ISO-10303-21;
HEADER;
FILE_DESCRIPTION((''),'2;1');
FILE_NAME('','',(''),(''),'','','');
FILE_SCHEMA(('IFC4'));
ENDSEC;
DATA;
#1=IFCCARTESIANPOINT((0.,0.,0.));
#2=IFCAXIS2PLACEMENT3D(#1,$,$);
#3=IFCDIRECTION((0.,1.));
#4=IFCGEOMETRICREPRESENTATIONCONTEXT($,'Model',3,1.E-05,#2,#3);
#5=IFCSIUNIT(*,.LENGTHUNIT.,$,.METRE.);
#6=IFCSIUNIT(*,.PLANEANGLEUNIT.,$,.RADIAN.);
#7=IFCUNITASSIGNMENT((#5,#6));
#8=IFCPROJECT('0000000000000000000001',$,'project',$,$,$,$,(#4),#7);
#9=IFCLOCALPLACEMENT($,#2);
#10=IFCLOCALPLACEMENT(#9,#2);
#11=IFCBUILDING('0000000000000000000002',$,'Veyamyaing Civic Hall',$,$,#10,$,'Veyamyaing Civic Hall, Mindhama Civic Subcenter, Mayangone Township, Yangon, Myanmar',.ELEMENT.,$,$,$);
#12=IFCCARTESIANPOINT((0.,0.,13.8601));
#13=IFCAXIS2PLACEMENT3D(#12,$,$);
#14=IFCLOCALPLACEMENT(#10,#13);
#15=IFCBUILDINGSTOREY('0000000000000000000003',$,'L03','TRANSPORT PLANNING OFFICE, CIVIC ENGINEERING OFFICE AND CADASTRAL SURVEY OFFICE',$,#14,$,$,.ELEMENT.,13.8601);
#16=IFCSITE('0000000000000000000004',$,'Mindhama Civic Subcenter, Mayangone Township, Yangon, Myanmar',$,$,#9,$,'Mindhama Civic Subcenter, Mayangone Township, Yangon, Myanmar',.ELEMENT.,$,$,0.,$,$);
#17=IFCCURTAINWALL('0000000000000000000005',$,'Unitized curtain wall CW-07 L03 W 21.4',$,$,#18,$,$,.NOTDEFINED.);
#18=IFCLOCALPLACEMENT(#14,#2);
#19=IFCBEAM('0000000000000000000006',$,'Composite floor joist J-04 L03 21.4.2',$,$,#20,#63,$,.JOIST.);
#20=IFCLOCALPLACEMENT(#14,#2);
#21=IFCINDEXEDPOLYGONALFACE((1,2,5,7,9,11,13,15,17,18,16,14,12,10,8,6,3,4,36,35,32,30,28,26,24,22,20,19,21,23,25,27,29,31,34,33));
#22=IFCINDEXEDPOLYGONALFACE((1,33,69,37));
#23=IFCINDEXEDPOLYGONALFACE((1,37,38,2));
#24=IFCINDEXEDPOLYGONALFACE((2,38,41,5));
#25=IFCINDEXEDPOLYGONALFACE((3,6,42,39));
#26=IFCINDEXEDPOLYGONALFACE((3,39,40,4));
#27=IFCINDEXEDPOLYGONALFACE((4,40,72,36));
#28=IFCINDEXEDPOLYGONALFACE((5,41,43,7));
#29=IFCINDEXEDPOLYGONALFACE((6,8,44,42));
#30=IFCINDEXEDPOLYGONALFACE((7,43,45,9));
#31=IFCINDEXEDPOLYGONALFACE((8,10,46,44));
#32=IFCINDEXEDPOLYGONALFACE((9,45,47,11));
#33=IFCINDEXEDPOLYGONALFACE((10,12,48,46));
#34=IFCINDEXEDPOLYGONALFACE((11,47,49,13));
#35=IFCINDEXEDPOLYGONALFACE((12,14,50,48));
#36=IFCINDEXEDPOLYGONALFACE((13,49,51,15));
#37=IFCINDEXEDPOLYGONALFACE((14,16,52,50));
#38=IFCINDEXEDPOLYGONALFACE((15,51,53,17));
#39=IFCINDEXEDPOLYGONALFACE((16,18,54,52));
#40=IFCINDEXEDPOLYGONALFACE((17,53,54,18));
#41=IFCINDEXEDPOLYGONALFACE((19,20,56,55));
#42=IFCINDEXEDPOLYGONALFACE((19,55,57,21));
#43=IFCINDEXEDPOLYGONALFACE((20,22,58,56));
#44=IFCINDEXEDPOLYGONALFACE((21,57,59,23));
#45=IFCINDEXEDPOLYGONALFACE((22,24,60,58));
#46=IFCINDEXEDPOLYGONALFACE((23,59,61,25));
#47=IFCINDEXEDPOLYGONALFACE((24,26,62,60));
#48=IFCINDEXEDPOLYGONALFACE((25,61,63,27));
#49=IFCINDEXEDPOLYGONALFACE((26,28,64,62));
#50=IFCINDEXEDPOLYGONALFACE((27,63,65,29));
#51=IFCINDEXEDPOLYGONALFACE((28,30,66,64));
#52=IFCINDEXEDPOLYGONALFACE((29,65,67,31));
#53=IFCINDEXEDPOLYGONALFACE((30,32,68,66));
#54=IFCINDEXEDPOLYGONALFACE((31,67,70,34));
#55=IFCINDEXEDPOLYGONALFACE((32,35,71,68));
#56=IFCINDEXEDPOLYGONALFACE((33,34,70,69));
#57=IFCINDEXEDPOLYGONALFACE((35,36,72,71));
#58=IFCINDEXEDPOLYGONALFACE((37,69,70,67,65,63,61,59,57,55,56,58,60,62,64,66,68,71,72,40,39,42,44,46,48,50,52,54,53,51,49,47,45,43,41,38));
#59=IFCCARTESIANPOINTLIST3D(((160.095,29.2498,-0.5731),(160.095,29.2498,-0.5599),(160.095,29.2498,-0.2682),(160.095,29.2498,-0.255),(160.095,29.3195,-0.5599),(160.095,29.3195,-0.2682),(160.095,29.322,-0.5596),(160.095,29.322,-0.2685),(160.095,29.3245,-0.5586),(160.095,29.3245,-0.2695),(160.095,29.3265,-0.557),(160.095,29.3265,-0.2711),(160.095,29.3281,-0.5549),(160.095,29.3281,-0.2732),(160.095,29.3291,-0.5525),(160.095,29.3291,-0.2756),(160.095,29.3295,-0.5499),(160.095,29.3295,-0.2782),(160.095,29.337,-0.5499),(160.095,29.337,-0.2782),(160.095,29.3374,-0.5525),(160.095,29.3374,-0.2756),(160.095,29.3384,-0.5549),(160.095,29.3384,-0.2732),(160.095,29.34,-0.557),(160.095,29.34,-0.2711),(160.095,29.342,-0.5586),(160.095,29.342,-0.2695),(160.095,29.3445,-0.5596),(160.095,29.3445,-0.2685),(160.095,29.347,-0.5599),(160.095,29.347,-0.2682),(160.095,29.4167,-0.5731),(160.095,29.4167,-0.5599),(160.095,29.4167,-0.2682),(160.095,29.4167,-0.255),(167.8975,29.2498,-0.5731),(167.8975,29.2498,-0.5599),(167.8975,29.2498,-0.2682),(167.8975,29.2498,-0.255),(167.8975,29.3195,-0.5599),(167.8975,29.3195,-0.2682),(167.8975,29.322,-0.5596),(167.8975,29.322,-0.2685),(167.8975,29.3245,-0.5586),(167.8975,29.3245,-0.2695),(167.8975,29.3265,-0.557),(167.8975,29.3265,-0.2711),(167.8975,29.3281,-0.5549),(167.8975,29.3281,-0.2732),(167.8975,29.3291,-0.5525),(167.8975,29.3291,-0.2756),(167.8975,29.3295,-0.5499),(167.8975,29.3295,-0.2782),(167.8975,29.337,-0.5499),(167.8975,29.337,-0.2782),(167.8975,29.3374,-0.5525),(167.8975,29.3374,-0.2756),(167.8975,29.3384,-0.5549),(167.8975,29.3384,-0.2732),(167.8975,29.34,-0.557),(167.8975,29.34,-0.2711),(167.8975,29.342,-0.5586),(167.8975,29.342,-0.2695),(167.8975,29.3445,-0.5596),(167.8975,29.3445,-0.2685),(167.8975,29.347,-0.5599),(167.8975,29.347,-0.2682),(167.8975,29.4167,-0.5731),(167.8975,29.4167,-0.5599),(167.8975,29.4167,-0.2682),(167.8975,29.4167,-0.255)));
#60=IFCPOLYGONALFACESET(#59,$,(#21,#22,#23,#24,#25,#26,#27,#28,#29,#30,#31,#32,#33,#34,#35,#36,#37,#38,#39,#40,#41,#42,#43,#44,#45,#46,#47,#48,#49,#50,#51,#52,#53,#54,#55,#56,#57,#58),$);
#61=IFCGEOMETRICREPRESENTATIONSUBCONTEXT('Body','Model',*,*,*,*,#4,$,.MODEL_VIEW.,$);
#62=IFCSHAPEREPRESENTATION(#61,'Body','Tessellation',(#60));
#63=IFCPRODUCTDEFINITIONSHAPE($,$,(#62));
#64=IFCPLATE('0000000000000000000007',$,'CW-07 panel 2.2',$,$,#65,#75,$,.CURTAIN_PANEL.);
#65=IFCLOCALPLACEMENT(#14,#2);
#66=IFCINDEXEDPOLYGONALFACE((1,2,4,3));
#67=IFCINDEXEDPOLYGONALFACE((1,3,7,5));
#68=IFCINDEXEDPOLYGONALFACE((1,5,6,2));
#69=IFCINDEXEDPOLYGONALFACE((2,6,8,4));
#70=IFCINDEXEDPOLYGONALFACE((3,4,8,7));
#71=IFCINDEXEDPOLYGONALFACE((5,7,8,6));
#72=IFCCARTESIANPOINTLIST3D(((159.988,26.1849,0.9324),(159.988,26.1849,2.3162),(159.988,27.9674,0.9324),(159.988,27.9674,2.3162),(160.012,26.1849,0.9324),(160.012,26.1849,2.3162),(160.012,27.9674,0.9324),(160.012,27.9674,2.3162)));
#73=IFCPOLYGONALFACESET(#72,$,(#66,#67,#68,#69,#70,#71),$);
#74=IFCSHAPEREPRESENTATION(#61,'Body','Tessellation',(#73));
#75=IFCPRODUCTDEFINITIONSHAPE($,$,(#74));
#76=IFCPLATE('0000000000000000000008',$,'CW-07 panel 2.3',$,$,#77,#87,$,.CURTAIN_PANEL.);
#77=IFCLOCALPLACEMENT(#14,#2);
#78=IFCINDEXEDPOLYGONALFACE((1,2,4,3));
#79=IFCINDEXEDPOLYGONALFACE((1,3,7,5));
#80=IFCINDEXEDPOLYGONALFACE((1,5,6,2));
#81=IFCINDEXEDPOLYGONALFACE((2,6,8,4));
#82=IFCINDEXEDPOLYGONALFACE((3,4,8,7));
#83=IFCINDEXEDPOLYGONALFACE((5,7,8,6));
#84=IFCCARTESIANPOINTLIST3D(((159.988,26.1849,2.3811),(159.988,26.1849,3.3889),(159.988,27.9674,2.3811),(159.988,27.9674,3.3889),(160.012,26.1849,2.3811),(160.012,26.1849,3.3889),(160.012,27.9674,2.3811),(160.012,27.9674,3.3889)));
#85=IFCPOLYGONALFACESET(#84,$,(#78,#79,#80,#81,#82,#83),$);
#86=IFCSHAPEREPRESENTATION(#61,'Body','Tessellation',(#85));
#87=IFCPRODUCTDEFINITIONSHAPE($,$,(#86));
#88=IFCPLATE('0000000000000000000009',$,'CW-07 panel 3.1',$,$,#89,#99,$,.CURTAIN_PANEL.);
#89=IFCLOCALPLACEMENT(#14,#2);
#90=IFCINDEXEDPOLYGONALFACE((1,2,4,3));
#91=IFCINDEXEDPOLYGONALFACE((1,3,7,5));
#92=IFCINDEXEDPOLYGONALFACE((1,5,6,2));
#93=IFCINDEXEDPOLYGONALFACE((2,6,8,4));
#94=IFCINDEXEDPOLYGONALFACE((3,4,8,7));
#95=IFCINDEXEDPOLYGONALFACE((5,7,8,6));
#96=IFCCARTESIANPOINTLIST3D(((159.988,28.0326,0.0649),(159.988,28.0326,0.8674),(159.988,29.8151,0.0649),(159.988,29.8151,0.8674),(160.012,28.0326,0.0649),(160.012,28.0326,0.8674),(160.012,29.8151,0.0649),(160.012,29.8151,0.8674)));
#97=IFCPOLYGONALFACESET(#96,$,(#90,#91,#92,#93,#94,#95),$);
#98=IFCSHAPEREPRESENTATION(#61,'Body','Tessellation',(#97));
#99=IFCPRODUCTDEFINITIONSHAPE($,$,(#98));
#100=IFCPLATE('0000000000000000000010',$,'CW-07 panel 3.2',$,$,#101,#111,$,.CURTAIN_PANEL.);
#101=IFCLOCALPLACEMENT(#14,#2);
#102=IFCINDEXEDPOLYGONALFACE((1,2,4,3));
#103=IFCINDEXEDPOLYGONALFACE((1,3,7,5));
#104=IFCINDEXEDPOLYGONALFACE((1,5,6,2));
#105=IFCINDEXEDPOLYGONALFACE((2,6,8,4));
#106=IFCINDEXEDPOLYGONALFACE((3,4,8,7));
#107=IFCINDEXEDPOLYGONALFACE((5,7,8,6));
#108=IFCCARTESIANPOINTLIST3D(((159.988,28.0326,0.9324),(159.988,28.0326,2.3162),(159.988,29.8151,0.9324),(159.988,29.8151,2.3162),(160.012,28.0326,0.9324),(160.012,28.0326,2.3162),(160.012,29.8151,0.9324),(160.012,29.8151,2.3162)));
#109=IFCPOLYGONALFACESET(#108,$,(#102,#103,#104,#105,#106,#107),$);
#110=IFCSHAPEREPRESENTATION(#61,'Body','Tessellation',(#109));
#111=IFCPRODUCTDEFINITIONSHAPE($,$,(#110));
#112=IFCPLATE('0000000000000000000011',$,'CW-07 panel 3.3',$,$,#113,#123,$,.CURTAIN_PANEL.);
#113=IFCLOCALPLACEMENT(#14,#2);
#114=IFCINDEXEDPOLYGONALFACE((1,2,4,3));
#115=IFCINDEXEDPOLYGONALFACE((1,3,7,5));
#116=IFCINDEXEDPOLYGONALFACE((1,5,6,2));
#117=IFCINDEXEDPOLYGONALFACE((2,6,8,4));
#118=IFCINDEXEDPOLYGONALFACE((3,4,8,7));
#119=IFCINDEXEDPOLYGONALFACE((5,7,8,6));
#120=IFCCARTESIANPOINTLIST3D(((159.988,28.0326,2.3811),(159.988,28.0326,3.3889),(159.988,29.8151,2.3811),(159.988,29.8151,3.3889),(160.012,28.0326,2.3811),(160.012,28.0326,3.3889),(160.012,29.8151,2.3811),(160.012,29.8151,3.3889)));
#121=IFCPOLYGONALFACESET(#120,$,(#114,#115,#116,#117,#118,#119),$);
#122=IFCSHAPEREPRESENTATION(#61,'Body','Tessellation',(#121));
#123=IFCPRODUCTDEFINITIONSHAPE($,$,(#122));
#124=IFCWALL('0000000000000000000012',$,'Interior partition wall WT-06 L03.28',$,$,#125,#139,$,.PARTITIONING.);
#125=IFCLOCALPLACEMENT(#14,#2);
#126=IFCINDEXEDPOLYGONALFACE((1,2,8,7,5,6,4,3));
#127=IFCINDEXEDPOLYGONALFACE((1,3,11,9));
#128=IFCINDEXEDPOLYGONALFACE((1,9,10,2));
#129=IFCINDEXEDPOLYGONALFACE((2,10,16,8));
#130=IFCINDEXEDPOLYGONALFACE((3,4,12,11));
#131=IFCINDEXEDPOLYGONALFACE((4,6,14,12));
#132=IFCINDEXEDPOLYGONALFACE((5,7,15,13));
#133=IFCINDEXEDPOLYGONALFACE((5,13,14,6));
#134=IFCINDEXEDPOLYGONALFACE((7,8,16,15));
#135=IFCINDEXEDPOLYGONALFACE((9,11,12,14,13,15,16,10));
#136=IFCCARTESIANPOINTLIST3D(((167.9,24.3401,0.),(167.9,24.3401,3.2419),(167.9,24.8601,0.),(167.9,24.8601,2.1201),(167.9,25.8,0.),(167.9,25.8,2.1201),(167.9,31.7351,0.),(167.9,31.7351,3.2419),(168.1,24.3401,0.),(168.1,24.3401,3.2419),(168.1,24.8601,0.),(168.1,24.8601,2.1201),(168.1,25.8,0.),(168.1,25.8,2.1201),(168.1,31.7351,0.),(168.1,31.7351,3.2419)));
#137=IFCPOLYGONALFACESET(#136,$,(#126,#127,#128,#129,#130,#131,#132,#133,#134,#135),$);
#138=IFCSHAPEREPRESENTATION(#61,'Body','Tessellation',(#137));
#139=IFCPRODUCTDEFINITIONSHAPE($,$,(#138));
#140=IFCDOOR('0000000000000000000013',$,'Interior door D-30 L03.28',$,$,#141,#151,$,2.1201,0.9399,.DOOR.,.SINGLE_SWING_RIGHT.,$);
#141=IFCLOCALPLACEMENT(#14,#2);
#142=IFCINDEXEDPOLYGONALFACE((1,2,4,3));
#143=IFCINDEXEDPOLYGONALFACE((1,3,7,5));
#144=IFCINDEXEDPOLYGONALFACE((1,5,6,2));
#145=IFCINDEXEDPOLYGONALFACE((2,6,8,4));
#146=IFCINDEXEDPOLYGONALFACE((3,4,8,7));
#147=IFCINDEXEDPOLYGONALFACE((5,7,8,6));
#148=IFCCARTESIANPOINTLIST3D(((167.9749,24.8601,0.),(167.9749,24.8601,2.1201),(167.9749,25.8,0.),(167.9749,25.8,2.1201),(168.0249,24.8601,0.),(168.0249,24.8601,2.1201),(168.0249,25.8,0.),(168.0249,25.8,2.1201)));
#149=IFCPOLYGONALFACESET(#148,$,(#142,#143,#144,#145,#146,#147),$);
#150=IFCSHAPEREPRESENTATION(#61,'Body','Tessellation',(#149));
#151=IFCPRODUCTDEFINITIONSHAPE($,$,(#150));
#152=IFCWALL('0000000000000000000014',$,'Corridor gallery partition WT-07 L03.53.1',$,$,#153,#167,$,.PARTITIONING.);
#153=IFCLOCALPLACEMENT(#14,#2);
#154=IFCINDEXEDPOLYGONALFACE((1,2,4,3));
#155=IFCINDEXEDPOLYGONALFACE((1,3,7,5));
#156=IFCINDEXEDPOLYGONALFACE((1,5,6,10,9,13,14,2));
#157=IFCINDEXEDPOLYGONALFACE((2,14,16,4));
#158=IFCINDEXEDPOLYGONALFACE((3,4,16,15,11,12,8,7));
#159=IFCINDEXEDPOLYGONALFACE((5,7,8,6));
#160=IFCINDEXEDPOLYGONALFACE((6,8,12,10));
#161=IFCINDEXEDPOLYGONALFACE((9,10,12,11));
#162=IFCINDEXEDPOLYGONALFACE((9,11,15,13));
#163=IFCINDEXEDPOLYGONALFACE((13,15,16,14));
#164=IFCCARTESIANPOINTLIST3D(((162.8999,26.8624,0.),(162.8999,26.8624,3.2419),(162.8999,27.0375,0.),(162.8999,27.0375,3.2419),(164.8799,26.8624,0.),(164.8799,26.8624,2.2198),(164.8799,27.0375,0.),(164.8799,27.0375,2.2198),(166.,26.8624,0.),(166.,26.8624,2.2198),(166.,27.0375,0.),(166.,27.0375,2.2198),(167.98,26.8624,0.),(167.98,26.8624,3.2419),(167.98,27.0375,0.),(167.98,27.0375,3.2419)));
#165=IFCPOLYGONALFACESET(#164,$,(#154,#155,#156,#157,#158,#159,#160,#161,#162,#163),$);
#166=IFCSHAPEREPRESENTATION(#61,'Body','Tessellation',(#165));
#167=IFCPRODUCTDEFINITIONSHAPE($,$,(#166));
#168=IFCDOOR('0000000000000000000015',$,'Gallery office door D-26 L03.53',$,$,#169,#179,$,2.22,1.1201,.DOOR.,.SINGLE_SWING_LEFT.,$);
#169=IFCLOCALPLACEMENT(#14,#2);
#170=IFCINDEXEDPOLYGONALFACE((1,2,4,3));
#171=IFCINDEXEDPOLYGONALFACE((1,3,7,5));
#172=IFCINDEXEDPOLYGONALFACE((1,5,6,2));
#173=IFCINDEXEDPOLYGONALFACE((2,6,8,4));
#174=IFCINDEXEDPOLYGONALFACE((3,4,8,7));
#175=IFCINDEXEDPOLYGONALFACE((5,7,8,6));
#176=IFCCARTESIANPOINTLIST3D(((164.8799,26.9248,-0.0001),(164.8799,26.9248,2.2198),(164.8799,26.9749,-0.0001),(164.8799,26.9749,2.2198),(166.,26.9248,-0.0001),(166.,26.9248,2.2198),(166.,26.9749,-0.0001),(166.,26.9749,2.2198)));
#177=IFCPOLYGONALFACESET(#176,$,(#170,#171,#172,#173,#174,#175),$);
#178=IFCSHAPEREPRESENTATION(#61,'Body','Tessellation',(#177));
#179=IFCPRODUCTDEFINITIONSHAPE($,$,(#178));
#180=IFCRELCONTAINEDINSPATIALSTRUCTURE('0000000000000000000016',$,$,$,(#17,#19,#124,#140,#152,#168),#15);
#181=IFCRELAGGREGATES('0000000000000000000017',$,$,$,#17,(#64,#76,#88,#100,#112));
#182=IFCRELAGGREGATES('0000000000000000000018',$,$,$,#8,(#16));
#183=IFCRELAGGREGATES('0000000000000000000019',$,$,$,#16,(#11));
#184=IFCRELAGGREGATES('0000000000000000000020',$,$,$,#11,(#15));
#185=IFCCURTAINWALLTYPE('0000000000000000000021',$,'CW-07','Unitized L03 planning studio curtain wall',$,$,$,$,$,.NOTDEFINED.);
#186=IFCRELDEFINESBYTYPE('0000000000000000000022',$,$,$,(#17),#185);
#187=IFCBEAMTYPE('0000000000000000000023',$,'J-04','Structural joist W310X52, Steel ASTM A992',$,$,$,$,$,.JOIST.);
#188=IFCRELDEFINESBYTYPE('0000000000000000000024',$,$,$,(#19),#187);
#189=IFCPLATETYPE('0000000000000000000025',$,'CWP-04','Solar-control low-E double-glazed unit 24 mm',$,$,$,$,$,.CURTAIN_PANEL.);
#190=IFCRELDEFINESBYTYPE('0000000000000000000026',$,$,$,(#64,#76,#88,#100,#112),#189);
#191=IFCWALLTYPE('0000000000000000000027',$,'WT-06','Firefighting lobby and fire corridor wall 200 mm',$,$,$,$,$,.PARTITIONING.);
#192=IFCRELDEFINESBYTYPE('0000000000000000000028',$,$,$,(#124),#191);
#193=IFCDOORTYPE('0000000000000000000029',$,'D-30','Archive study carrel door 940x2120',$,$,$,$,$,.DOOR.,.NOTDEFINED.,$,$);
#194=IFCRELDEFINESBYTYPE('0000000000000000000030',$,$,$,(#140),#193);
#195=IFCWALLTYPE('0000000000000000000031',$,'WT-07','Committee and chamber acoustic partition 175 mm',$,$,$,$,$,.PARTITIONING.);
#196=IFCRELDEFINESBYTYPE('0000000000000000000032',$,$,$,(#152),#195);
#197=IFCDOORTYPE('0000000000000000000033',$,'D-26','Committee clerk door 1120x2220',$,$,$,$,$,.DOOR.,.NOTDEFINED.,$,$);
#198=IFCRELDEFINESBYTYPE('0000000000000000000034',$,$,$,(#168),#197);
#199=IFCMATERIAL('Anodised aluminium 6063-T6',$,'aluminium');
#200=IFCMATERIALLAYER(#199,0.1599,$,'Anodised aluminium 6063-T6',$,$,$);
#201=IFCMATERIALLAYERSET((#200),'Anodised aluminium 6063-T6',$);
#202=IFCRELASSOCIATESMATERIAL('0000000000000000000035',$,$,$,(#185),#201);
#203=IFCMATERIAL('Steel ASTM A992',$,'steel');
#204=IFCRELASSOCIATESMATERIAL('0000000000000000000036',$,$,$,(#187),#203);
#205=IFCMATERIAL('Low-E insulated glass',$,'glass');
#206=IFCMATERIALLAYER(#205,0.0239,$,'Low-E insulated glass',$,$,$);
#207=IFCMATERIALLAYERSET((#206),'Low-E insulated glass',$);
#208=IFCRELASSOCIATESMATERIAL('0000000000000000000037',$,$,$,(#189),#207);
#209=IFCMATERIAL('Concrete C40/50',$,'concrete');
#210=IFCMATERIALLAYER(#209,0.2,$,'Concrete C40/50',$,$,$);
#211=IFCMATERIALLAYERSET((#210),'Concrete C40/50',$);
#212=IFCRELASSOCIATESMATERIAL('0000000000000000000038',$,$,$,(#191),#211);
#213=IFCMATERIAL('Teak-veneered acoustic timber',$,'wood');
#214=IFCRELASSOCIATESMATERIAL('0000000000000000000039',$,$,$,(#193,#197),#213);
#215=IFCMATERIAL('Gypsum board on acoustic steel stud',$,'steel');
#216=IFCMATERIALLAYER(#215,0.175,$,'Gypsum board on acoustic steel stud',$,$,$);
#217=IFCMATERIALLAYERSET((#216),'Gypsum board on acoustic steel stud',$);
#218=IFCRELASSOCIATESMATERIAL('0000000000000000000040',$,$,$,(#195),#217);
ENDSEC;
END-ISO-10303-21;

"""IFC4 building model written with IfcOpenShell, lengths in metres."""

from ifc_helpers import new_model, si_unit, direction, frame, frame_2d, origin, origin_2d, place, context, subcontext, project, spatial, rectangle, i_section, extrude, material, layer, layer_set, material_profile, profile_set, type_object, element, fill, aggregate, save


model = new_model("IFC4")

# Units and contexts
model_context = context("Model", 3, precision=1e-05, world=origin(), true_north=direction((0.0, 1.0)))
body_context = subcontext(model_context, "Body", "Model", "MODEL_VIEW")
ifc_project = project(units=[si_unit("LENGTHUNIT", "METRE"), si_unit("PLANEANGLEUNIT", "RADIAN")], contexts=[model_context])

# Site, building, storey
site_placement = place(None, origin())
site = spatial("IfcSite", under=ifc_project, at=site_placement, Name="Mindhama Civic Subcenter, Mayangone Township, Yangon, Myanmar", LongName="Mindhama Civic Subcenter, Mayangone Township, Yangon, Myanmar", CompositionType="ELEMENT", RefElevation=0.0)
building_placement = place(site_placement, origin())
building = spatial("IfcBuilding", under=site, at=building_placement, Name="Veyamyaing Civic Hall", LongName="Veyamyaing Civic Hall, Mindhama Civic Subcenter, Mayangone Township, Yangon, Myanmar", CompositionType="ELEMENT")
storey_placement = place(building_placement, frame((0.0, 0.0, 13.8601)))
storey = spatial("IfcBuildingStorey", under=building, at=storey_placement, Name="L03", Description="TRANSPORT PLANNING OFFICE, CIVIC ENGINEERING OFFICE AND CADASTRAL SURVEY OFFICE", CompositionType="ELEMENT", Elevation=13.8601)

# Curtain wall
ifc_material_1 = material(Name="Anodised aluminium 6063-T6", Category="aluminium")
ifc_layer_1 = layer(ifc_material_1, 0.1599, Name="Anodised aluminium 6063-T6")
ifc_layer_set_1 = layer_set([ifc_layer_1], Name="Anodised aluminium 6063-T6")
curtain_wall_type = type_object("IfcCurtainWallType", Name="CW-07", Description="Unitized L03 planning studio curtain wall", PredefinedType="NOTDEFINED", material=ifc_layer_set_1)
curtain_wall_placement = place(storey_placement, origin())
curtain_wall = element("IfcCurtainWall", 1, at=curtain_wall_placement, inside=storey, type_object=curtain_wall_type, Name="Unitized curtain wall CW-07 L03 W 21.4", PredefinedType="NOTDEFINED")

# Beam
ifc_material_2 = material(Name="Steel ASTM A992", Category="steel")
ifc_material_profile_1 = material_profile(ifc_material_2, i_section(OverallWidth=0.167, OverallDepth=0.3181, WebThickness=0.0076, FlangeThickness=0.0132, FilletRadius=0.01, at=origin_2d()), Name="W310X52")
ifc_profile_set_1 = profile_set([ifc_material_profile_1], Name="Steel ASTM A992")
beam_type = type_object("IfcBeamType", Name="J-04", Description="Structural joist W310X52, Steel ASTM A992", PredefinedType="JOIST", material=ifc_profile_set_1)
for number, where, z_axis, x_axis, name in (
    (2, (160.095, 29.3333, -0.4141), (1.0, 0.0, 0.0), (0.0, 1.0, 0.0), "Composite floor joist J-04 L03 21.4.2"),
):
    element("IfcBeam", number, at=place(storey_placement, frame(where, z_axis=z_axis, x_axis=x_axis)), inside=storey, type_object=beam_type, Name=name, PredefinedType="JOIST", context=body_context, shape_type="SweptSolid", body=[
        extrude(i_section(OverallWidth=0.167, OverallDepth=0.3181, WebThickness=0.0076, FlangeThickness=0.0132, FilletRadius=0.01, at=origin_2d()), origin(), (0.0, 0.0, 1.0), 7.8025),
    ])

# Plates
ifc_material_3 = material(Name="Low-E insulated glass", Category="glass")
ifc_layer_2 = layer(ifc_material_3, 0.0239, Name="Low-E insulated glass")
ifc_layer_set_2 = layer_set([ifc_layer_2], Name="Low-E insulated glass")
plate_type = type_object("IfcPlateType", Name="CWP-04", Description="Solar-control low-E double-glazed unit 24 mm", PredefinedType="CURTAIN_PANEL", material=ifc_layer_set_2)
plate_1_placement = place(storey_placement, frame((160.0, 27.0762, 0.9324), z_axis=(0.0, 0.0, 1.0), x_axis=(0.0, 1.0, 0.0)))
plate_1 = element("IfcPlate", 3, at=plate_1_placement, type_object=plate_type, Name="CW-07 panel 2.2", PredefinedType="CURTAIN_PANEL", context=body_context, shape_type="SweptSolid", body=[
    extrude(rectangle(XDim=1.7825, YDim=0.0239, at=origin_2d()), origin(), (0.0, 0.0, 1.0), 1.3838),
])
plate_2_placement = place(storey_placement, frame((160.0, 27.0762, 2.3811), z_axis=(0.0, 0.0, 1.0), x_axis=(0.0, 1.0, 0.0)))
plate_2 = element("IfcPlate", 4, at=plate_2_placement, type_object=plate_type, Name="CW-07 panel 2.3", PredefinedType="CURTAIN_PANEL", context=body_context, shape_type="SweptSolid", body=[
    extrude(rectangle(XDim=1.7825, YDim=0.0239, at=origin_2d()), origin(), (0.0, 0.0, 1.0), 1.0078),
])
plate_3_placement = place(storey_placement, frame((160.0, 28.9238, 0.0649), z_axis=(0.0, 0.0, 1.0), x_axis=(0.0, 1.0, 0.0)))
plate_3 = element("IfcPlate", 5, at=plate_3_placement, type_object=plate_type, Name="CW-07 panel 3.1", PredefinedType="CURTAIN_PANEL", context=body_context, shape_type="SweptSolid", body=[
    extrude(rectangle(XDim=1.7825, YDim=0.0239, at=origin_2d()), origin(), (0.0, 0.0, 1.0), 0.8025),
])
plate_4_placement = place(storey_placement, frame((160.0, 28.9238, 0.9324), z_axis=(0.0, 0.0, 1.0), x_axis=(0.0, 1.0, 0.0)))
plate_4 = element("IfcPlate", 6, at=plate_4_placement, type_object=plate_type, Name="CW-07 panel 3.2", PredefinedType="CURTAIN_PANEL", context=body_context, shape_type="SweptSolid", body=[
    extrude(rectangle(XDim=1.7825, YDim=0.0239, at=origin_2d()), origin(), (0.0, 0.0, 1.0), 1.3838),
])
plate_5_placement = place(storey_placement, frame((160.0, 28.9238, 2.3811), z_axis=(0.0, 0.0, 1.0), x_axis=(0.0, 1.0, 0.0)))
plate_5 = element("IfcPlate", 7, at=plate_5_placement, type_object=plate_type, Name="CW-07 panel 3.3", PredefinedType="CURTAIN_PANEL", context=body_context, shape_type="SweptSolid", body=[
    extrude(rectangle(XDim=1.7825, YDim=0.0239, at=origin_2d()), origin(), (0.0, 0.0, 1.0), 1.0078),
])
aggregate(curtain_wall, [plate_1, plate_2, plate_3, plate_4, plate_5])

# Walls, openings, doors
ifc_material_4 = material(Name="Concrete C40/50", Category="concrete")
ifc_layer_3 = layer(ifc_material_4, 0.2, Name="Concrete C40/50")
ifc_layer_set_3 = layer_set([ifc_layer_3], Name="Concrete C40/50")
wall_type_1 = type_object("IfcWallType", Name="WT-06", Description="Firefighting lobby and fire corridor wall 200 mm", PredefinedType="PARTITIONING", material=ifc_layer_set_3)
wall_1_placement = place(storey_placement, frame((168.0, 24.3401, 0.0), z_axis=(0.0, 0.0, 1.0), x_axis=(0.0, 1.0, 0.0)))
wall_1 = element("IfcWall", 8, at=wall_1_placement, inside=storey, type_object=wall_type_1, Name="Interior partition wall WT-06 L03.28", PredefinedType="PARTITIONING", context=body_context, shape_type="SweptSolid", body=[
    extrude(rectangle(XDim=7.395, YDim=0.2, at=frame_2d((3.6975, 0.0))), origin(), (0.0, 0.0, 1.0), 3.2419),
])
opening_1_placement = place(wall_1_placement, frame((0.52, 0.0, 0.0)))
opening_1 = element("IfcOpeningElement", 9, at=opening_1_placement, cuts=wall_1, PredefinedType="OPENING", context=body_context, shape_type="SweptSolid", body=[
    extrude(rectangle(XDim=0.9399, YDim=2.1201, at=frame_2d((0.47, 1.0601))), frame((0.0, 0.1099, 0.0), z_axis=(0.0, -1.0, 0.0), x_axis=(1.0, 0.0, 0.0)), (0.0, 0.0, 1.0), 0.22),
])
ifc_material_5 = material(Name="Teak-veneered acoustic timber", Category="wood")
door_type_1 = type_object("IfcDoorType", Name="D-30", Description="Archive study carrel door 940x2120", OperationType="NOTDEFINED", PredefinedType="DOOR", material=ifc_material_5)
door_1_placement = place(opening_1_placement, frame((0.9399, 0.0, 0.0), z_axis=(0.0, 0.0, 1.0), x_axis=(-1.0, 0.0, 0.0)))
door_1 = element("IfcDoor", 10, at=door_1_placement, inside=storey, type_object=door_type_1, Name="Interior door D-30 L03.28", OperationType="SINGLE_SWING_RIGHT", OverallHeight=2.1201, OverallWidth=0.9399, PredefinedType="DOOR", context=body_context, shape_type="SweptSolid", body=[
    extrude(rectangle(XDim=0.9399, YDim=2.1201, at=frame_2d((0.47, 1.0601))), frame((0.0, 0.0249, 0.0), z_axis=(0.0, -1.0, 0.0), x_axis=(1.0, 0.0, 0.0)), (0.0, 0.0, 1.0), 0.05),
])
fill(opening_1, door_1)
ifc_material_6 = material(Name="Gypsum board on acoustic steel stud", Category="steel")
ifc_layer_4 = layer(ifc_material_6, 0.175, Name="Gypsum board on acoustic steel stud")
ifc_layer_set_4 = layer_set([ifc_layer_4], Name="Gypsum board on acoustic steel stud")
wall_type_2 = type_object("IfcWallType", Name="WT-07", Description="Committee and chamber acoustic partition 175 mm", PredefinedType="PARTITIONING", material=ifc_layer_set_4)
wall_2_placement = place(storey_placement, frame((162.8999, 26.95, 0.0), z_axis=(0.0, 0.0, 1.0), x_axis=(1.0, 0.0, 0.0)))
wall_2 = element("IfcWall", 11, at=wall_2_placement, inside=storey, type_object=wall_type_2, Name="Corridor gallery partition WT-07 L03.53.1", PredefinedType="PARTITIONING", context=body_context, shape_type="SweptSolid", body=[
    extrude(rectangle(XDim=5.0801, YDim=0.175, at=frame_2d((2.54, 0.0))), origin(), (0.0, 0.0, 1.0), 3.2419),
])
opening_2_placement = place(wall_2_placement, frame((1.98, 0.0, 0.0)))
opening_2 = element("IfcOpeningElement", 12, at=opening_2_placement, cuts=wall_2, PredefinedType="OPENING", context=body_context, shape_type="SweptSolid", body=[
    extrude(rectangle(XDim=1.1201, YDim=2.22, at=frame_2d((0.5601, 1.1099))), frame((0.0, 0.0974, 0.0), z_axis=(0.0, -1.0, 0.0), x_axis=(1.0, 0.0, 0.0)), (0.0, 0.0, 1.0), 0.1951),
])
door_type_2 = type_object("IfcDoorType", Name="D-26", Description="Committee clerk door 1120x2220", OperationType="NOTDEFINED", PredefinedType="DOOR", material=ifc_material_5)
door_2_placement = place(opening_2_placement, origin())
door_2 = element("IfcDoor", 13, at=door_2_placement, inside=storey, type_object=door_type_2, Name="Gallery office door D-26 L03.53", OperationType="SINGLE_SWING_LEFT", OverallHeight=2.22, OverallWidth=1.1201, PredefinedType="DOOR", context=body_context, shape_type="SweptSolid", body=[
    extrude(rectangle(XDim=1.1201, YDim=2.22, at=frame_2d((0.5601, 1.1099))), frame((0.0, 0.0249, 0.0), z_axis=(0.0, -1.0, 0.0), x_axis=(1.0, 0.0, 0.0)), (0.0, 0.0, 1.0), 0.05),
])
fill(opening_2, door_2)

save(model, "model.ifc")
